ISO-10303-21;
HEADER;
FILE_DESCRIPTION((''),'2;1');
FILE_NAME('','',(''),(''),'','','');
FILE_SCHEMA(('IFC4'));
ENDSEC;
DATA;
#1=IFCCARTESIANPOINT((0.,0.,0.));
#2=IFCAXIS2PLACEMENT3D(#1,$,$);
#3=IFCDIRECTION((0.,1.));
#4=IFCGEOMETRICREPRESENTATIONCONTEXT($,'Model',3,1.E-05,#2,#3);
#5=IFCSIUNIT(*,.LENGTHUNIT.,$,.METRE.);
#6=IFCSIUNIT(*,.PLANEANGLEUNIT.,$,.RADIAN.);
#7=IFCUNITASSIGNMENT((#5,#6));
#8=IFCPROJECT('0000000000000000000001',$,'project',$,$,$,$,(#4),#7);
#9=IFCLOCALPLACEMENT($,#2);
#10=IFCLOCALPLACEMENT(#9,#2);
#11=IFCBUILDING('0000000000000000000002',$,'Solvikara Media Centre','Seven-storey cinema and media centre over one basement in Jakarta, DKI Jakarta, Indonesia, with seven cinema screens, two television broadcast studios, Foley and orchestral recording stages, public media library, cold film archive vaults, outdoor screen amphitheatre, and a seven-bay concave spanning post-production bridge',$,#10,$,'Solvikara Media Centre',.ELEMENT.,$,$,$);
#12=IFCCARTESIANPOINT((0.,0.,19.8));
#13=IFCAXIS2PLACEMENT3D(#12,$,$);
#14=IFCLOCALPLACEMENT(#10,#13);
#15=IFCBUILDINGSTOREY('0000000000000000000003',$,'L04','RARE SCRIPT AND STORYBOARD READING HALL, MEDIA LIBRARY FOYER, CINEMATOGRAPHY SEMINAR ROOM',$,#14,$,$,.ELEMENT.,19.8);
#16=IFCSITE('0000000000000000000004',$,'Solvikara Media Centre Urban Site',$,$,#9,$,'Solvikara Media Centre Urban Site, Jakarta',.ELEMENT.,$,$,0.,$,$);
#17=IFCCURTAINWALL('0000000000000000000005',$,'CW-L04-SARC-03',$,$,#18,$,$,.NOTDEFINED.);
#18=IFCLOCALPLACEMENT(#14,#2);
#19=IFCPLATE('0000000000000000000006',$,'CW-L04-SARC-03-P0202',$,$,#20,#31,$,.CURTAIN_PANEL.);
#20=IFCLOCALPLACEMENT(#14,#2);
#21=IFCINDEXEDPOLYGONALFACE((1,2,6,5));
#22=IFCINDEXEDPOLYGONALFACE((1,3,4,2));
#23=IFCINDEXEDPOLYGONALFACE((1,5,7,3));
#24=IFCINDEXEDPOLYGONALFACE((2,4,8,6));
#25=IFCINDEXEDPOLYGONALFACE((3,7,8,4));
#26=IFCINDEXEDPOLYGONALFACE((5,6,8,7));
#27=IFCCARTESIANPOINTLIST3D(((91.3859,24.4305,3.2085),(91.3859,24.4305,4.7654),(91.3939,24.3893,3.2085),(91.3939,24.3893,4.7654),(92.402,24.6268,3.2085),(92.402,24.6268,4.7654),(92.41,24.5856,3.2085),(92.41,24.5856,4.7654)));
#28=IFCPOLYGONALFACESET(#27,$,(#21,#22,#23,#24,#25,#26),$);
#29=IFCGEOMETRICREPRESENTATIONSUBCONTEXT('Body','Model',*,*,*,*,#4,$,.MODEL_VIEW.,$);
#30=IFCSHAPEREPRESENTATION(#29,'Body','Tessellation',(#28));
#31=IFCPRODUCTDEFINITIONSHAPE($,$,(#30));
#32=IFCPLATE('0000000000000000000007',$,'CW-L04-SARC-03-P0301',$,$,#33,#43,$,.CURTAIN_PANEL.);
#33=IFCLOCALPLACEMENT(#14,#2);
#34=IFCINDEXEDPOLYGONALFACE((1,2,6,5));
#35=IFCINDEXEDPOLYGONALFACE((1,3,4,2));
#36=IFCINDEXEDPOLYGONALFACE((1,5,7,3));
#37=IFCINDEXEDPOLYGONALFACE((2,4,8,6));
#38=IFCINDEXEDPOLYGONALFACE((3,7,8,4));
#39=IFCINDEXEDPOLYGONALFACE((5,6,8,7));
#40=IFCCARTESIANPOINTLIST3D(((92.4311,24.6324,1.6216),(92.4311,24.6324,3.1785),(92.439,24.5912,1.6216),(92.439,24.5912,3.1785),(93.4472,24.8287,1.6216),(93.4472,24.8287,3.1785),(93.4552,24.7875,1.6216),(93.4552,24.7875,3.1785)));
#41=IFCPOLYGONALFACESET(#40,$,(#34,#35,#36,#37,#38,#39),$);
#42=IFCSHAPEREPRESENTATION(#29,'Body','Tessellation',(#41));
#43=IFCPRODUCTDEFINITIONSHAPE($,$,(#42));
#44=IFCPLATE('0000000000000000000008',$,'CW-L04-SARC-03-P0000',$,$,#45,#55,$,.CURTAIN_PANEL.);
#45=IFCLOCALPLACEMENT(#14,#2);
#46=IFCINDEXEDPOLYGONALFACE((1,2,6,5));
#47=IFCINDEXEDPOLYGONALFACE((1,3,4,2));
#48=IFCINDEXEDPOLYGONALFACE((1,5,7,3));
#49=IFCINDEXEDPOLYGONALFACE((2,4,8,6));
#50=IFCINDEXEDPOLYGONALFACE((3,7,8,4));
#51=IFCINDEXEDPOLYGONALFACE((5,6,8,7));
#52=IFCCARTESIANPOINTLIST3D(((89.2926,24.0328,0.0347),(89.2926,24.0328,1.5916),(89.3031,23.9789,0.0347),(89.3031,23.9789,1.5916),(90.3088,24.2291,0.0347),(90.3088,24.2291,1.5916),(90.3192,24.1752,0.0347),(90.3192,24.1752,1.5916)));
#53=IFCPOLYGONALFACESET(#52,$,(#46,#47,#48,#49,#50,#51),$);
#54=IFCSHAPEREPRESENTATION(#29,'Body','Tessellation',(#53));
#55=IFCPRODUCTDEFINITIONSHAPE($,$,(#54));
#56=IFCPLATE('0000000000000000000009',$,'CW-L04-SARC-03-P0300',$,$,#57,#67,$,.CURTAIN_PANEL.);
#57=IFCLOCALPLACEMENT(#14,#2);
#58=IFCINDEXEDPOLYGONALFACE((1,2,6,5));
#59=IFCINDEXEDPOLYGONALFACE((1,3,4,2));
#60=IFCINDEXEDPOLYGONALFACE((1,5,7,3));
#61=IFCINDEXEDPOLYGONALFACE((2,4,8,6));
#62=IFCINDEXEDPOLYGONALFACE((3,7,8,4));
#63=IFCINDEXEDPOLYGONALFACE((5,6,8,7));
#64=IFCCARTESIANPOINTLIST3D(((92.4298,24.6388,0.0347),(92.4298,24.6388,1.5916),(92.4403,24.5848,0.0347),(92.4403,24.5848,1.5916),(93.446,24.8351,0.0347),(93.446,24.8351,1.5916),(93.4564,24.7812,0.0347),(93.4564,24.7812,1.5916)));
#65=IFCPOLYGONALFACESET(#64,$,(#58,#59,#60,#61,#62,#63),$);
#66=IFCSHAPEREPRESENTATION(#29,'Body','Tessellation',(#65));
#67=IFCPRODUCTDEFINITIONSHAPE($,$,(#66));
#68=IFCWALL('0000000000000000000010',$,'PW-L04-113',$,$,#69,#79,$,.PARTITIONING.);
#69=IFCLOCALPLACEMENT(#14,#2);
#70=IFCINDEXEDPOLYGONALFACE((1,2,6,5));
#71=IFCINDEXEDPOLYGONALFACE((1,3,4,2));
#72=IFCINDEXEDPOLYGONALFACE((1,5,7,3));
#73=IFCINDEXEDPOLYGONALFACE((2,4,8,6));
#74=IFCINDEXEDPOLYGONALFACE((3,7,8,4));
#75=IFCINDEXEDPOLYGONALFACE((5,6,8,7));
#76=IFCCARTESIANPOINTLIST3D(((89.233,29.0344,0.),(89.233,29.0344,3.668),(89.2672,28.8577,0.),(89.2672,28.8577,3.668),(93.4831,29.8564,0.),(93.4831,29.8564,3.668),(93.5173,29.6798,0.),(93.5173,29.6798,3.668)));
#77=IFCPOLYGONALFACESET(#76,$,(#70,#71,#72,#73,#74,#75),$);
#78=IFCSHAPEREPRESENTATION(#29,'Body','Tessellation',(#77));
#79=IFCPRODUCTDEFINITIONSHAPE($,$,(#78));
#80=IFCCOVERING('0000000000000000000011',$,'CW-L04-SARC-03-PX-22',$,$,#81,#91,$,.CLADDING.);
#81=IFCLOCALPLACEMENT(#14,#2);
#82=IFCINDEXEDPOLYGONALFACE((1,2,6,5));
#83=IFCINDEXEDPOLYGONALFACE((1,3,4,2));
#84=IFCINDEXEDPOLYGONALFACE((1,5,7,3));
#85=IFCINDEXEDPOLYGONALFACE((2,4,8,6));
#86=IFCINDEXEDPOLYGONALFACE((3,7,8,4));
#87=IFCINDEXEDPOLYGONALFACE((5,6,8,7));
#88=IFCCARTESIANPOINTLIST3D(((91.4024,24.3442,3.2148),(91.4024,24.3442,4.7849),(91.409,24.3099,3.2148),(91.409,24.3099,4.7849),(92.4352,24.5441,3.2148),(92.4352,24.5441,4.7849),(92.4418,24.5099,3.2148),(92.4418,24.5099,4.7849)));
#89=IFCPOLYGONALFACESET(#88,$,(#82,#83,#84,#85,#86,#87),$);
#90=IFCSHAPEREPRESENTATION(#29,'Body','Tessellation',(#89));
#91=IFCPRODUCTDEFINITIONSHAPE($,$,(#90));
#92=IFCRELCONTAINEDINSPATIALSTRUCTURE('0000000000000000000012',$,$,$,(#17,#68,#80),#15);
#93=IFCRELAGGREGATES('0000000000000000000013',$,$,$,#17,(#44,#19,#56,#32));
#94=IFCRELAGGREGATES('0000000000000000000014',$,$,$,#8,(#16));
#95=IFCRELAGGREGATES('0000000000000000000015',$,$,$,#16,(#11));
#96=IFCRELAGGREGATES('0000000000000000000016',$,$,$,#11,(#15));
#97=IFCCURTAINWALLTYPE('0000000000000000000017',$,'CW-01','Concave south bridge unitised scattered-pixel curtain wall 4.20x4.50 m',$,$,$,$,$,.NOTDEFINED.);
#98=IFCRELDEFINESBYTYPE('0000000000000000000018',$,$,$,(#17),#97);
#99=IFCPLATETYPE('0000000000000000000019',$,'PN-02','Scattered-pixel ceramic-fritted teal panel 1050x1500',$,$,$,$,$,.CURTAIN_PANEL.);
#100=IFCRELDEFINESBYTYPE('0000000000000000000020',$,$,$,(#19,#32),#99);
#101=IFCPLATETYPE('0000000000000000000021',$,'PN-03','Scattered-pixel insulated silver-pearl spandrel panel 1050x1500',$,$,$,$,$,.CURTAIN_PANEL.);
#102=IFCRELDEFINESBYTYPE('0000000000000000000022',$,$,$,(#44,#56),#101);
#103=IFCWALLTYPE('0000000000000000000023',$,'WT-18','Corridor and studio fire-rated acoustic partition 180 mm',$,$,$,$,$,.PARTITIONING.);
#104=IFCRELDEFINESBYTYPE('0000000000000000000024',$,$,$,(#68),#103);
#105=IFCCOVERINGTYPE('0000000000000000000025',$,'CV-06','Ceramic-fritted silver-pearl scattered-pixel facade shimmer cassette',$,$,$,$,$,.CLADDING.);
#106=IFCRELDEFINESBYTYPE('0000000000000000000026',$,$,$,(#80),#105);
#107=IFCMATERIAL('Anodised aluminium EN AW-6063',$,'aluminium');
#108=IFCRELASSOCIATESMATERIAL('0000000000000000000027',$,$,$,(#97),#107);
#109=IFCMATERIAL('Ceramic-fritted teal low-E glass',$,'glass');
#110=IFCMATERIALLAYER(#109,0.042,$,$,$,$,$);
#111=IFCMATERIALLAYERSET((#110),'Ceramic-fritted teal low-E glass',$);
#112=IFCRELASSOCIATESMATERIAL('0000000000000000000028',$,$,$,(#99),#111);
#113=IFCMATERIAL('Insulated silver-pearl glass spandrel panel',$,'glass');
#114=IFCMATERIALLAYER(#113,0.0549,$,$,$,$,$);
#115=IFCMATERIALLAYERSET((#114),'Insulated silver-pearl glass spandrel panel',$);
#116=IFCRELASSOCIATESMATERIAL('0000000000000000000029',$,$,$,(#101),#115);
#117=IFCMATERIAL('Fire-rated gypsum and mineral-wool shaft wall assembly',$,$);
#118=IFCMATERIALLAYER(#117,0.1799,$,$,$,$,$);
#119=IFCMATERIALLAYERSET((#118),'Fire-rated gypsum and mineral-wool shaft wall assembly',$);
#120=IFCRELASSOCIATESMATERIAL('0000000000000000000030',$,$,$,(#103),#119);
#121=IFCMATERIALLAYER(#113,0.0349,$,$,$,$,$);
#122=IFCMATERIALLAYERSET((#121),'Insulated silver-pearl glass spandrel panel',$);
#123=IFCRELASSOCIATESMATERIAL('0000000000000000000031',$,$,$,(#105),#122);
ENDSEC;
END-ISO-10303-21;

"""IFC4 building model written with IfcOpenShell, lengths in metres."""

from ifc_helpers import new_model, si_unit, direction, frame, frame_2d, origin, origin_2d, place, context, subcontext, project, spatial, rectangle, extrude, material, layer, layer_set, type_object, element, aggregate, save


model = new_model("IFC4")

# Units and contexts
model_context = context("Model", 3, precision=1e-05, world=origin(), true_north=direction((0.0, 1.0)))
body_context = subcontext(model_context, "Body", "Model", "MODEL_VIEW")
ifc_project = project(units=[si_unit("LENGTHUNIT", "METRE"), si_unit("PLANEANGLEUNIT", "RADIAN")], contexts=[model_context])

# Site, building, storey
site_placement = place(None, origin())
site = spatial("IfcSite", under=ifc_project, at=site_placement, Name="Solvikara Media Centre Urban Site", LongName="Solvikara Media Centre Urban Site, Jakarta", CompositionType="ELEMENT", RefElevation=0.0)
building_placement = place(site_placement, origin())
building = spatial("IfcBuilding", under=site, at=building_placement, Name="Solvikara Media Centre", Description="Seven-storey cinema and media centre over one basement in Jakarta, DKI Jakarta, Indonesia, with seven cinema screens, two television broadcast studios, Foley and orchestral recording stages, public media library, cold film archive vaults, outdoor screen amphitheatre, and a seven-bay concave spanning post-production bridge", LongName="Solvikara Media Centre", CompositionType="ELEMENT")
storey_placement = place(building_placement, frame((0.0, 0.0, 19.8)))
storey = spatial("IfcBuildingStorey", under=building, at=storey_placement, Name="L04", Description="RARE SCRIPT AND STORYBOARD READING HALL, MEDIA LIBRARY FOYER, CINEMATOGRAPHY SEMINAR ROOM", CompositionType="ELEMENT", Elevation=19.8)

# Curtain wall
ifc_material_1 = material(Name="Anodised aluminium EN AW-6063", Category="aluminium")
curtain_wall_type = type_object("IfcCurtainWallType", Name="CW-01", Description="Concave south bridge unitised scattered-pixel curtain wall 4.20x4.50 m", PredefinedType="NOTDEFINED", material=ifc_material_1)
curtain_wall_placement = place(storey_placement, origin())
curtain_wall = element("IfcCurtainWall", 1, at=curtain_wall_placement, inside=storey, type_object=curtain_wall_type, Name="CW-L04-SARC-03", PredefinedType="NOTDEFINED")

# Plates
ifc_material_2 = material(Name="Ceramic-fritted teal low-E glass", Category="glass")
ifc_layer_1 = layer(ifc_material_2, 0.042)
ifc_layer_set_1 = layer_set([ifc_layer_1], Name="Ceramic-fritted teal low-E glass")
plate_type_1 = type_object("IfcPlateType", Name="PN-02", Description="Scattered-pixel ceramic-fritted teal panel 1050x1500", PredefinedType="CURTAIN_PANEL", material=ifc_layer_set_1)
plate_1_placement = place(storey_placement, frame((91.8979, 24.5081, 3.2085), z_axis=(0.0, 0.0, 1.0), x_axis=(0.981843, 0.189695, 0.0)))
plate_1 = element("IfcPlate", 2, at=plate_1_placement, type_object=plate_type_1, Name="CW-L04-SARC-03-P0202", PredefinedType="CURTAIN_PANEL", context=body_context, shape_type="SweptSolid", body=[
    extrude(rectangle(XDim=1.0349, YDim=0.042, at=origin_2d()), origin(), (0.0, 0.0, 1.0), 1.5569),
])
plate_2_placement = place(storey_placement, frame((92.9431, 24.71, 1.6216), z_axis=(0.0, 0.0, 1.0), x_axis=(0.981843, 0.189695, 0.0)))
plate_2 = element("IfcPlate", 3, at=plate_2_placement, type_object=plate_type_1, Name="CW-L04-SARC-03-P0301", PredefinedType="CURTAIN_PANEL", context=body_context, shape_type="SweptSolid", body=[
    extrude(rectangle(XDim=1.0349, YDim=0.042, at=origin_2d()), origin(), (0.0, 0.0, 1.0), 1.5569),
])
ifc_material_3 = material(Name="Insulated silver-pearl glass spandrel panel", Category="glass")
ifc_layer_2 = layer(ifc_material_3, 0.0549)
ifc_layer_set_2 = layer_set([ifc_layer_2], Name="Insulated silver-pearl glass spandrel panel")
plate_type_2 = type_object("IfcPlateType", Name="PN-03", Description="Scattered-pixel insulated silver-pearl spandrel panel 1050x1500", PredefinedType="CURTAIN_PANEL", material=ifc_layer_set_2)
plate_3_placement = place(storey_placement, frame((89.8059, 24.104, 0.0347), z_axis=(0.0, 0.0, 1.0), x_axis=(0.981843, 0.189695, 0.0)))
plate_3 = element("IfcPlate", 4, at=plate_3_placement, type_object=plate_type_2, Name="CW-L04-SARC-03-P0000", PredefinedType="CURTAIN_PANEL", context=body_context, shape_type="SweptSolid", body=[
    extrude(rectangle(XDim=1.0349, YDim=0.0549, at=origin_2d()), origin(), (0.0, 0.0, 1.0), 1.5569),
])
plate_4_placement = place(storey_placement, frame((92.9431, 24.71, 0.0347), z_axis=(0.0, 0.0, 1.0), x_axis=(0.981843, 0.189695, 0.0)))
plate_4 = element("IfcPlate", 5, at=plate_4_placement, type_object=plate_type_2, Name="CW-L04-SARC-03-P0300", PredefinedType="CURTAIN_PANEL", context=body_context, shape_type="SweptSolid", body=[
    extrude(rectangle(XDim=1.0349, YDim=0.0549, at=origin_2d()), origin(), (0.0, 0.0, 1.0), 1.5569),
])
aggregate(curtain_wall, [plate_3, plate_1, plate_4, plate_2])

# Wall
ifc_material_4 = material(Name="Fire-rated gypsum and mineral-wool shaft wall assembly")
ifc_layer_3 = layer(ifc_material_4, 0.1799)
ifc_layer_set_3 = layer_set([ifc_layer_3], Name="Fire-rated gypsum and mineral-wool shaft wall assembly")
wall_type = type_object("IfcWallType", Name="WT-18", Description="Corridor and studio fire-rated acoustic partition 180 mm", PredefinedType="PARTITIONING", material=ifc_layer_set_3)
wall_placement = place(storey_placement, frame((89.25, 28.946, 0.0), z_axis=(0.0, 0.0, 1.0), x_axis=(0.981804, 0.189897, 0.0)))
element("IfcWall", 6, at=wall_placement, inside=storey, type_object=wall_type, Name="PW-L04-113", PredefinedType="PARTITIONING", context=body_context, shape_type="SweptSolid", body=[
    extrude(rectangle(XDim=4.3289, YDim=0.1799, at=frame_2d((2.1646, 0.0))), origin(), (0.0, 0.0, 1.0), 3.668),
])

# Covering
ifc_layer_4 = layer(ifc_material_3, 0.0349)
ifc_layer_set_4 = layer_set([ifc_layer_4], Name="Insulated silver-pearl glass spandrel panel")
covering_type = type_object("IfcCoveringType", Name="CV-06", Description="Ceramic-fritted silver-pearl scattered-pixel facade shimmer cassette", PredefinedType="CLADDING", material=ifc_layer_set_4)
covering_placement = place(storey_placement, frame((91.9221, 24.427, 3.2148), z_axis=(0.0, 0.0, 1.0), x_axis=(0.981767, 0.190089, 0.0)))
element("IfcCovering", 7, at=covering_placement, inside=storey, type_object=covering_type, Name="CW-L04-SARC-03-PX-22", PredefinedType="CLADDING", context=body_context, shape_type="SweptSolid", body=[
    extrude(rectangle(XDim=1.052, YDim=0.0349, at=origin_2d()), origin(), (0.0, 0.0, 1.0), 1.5701),
])

save(model, "model.ifc")
